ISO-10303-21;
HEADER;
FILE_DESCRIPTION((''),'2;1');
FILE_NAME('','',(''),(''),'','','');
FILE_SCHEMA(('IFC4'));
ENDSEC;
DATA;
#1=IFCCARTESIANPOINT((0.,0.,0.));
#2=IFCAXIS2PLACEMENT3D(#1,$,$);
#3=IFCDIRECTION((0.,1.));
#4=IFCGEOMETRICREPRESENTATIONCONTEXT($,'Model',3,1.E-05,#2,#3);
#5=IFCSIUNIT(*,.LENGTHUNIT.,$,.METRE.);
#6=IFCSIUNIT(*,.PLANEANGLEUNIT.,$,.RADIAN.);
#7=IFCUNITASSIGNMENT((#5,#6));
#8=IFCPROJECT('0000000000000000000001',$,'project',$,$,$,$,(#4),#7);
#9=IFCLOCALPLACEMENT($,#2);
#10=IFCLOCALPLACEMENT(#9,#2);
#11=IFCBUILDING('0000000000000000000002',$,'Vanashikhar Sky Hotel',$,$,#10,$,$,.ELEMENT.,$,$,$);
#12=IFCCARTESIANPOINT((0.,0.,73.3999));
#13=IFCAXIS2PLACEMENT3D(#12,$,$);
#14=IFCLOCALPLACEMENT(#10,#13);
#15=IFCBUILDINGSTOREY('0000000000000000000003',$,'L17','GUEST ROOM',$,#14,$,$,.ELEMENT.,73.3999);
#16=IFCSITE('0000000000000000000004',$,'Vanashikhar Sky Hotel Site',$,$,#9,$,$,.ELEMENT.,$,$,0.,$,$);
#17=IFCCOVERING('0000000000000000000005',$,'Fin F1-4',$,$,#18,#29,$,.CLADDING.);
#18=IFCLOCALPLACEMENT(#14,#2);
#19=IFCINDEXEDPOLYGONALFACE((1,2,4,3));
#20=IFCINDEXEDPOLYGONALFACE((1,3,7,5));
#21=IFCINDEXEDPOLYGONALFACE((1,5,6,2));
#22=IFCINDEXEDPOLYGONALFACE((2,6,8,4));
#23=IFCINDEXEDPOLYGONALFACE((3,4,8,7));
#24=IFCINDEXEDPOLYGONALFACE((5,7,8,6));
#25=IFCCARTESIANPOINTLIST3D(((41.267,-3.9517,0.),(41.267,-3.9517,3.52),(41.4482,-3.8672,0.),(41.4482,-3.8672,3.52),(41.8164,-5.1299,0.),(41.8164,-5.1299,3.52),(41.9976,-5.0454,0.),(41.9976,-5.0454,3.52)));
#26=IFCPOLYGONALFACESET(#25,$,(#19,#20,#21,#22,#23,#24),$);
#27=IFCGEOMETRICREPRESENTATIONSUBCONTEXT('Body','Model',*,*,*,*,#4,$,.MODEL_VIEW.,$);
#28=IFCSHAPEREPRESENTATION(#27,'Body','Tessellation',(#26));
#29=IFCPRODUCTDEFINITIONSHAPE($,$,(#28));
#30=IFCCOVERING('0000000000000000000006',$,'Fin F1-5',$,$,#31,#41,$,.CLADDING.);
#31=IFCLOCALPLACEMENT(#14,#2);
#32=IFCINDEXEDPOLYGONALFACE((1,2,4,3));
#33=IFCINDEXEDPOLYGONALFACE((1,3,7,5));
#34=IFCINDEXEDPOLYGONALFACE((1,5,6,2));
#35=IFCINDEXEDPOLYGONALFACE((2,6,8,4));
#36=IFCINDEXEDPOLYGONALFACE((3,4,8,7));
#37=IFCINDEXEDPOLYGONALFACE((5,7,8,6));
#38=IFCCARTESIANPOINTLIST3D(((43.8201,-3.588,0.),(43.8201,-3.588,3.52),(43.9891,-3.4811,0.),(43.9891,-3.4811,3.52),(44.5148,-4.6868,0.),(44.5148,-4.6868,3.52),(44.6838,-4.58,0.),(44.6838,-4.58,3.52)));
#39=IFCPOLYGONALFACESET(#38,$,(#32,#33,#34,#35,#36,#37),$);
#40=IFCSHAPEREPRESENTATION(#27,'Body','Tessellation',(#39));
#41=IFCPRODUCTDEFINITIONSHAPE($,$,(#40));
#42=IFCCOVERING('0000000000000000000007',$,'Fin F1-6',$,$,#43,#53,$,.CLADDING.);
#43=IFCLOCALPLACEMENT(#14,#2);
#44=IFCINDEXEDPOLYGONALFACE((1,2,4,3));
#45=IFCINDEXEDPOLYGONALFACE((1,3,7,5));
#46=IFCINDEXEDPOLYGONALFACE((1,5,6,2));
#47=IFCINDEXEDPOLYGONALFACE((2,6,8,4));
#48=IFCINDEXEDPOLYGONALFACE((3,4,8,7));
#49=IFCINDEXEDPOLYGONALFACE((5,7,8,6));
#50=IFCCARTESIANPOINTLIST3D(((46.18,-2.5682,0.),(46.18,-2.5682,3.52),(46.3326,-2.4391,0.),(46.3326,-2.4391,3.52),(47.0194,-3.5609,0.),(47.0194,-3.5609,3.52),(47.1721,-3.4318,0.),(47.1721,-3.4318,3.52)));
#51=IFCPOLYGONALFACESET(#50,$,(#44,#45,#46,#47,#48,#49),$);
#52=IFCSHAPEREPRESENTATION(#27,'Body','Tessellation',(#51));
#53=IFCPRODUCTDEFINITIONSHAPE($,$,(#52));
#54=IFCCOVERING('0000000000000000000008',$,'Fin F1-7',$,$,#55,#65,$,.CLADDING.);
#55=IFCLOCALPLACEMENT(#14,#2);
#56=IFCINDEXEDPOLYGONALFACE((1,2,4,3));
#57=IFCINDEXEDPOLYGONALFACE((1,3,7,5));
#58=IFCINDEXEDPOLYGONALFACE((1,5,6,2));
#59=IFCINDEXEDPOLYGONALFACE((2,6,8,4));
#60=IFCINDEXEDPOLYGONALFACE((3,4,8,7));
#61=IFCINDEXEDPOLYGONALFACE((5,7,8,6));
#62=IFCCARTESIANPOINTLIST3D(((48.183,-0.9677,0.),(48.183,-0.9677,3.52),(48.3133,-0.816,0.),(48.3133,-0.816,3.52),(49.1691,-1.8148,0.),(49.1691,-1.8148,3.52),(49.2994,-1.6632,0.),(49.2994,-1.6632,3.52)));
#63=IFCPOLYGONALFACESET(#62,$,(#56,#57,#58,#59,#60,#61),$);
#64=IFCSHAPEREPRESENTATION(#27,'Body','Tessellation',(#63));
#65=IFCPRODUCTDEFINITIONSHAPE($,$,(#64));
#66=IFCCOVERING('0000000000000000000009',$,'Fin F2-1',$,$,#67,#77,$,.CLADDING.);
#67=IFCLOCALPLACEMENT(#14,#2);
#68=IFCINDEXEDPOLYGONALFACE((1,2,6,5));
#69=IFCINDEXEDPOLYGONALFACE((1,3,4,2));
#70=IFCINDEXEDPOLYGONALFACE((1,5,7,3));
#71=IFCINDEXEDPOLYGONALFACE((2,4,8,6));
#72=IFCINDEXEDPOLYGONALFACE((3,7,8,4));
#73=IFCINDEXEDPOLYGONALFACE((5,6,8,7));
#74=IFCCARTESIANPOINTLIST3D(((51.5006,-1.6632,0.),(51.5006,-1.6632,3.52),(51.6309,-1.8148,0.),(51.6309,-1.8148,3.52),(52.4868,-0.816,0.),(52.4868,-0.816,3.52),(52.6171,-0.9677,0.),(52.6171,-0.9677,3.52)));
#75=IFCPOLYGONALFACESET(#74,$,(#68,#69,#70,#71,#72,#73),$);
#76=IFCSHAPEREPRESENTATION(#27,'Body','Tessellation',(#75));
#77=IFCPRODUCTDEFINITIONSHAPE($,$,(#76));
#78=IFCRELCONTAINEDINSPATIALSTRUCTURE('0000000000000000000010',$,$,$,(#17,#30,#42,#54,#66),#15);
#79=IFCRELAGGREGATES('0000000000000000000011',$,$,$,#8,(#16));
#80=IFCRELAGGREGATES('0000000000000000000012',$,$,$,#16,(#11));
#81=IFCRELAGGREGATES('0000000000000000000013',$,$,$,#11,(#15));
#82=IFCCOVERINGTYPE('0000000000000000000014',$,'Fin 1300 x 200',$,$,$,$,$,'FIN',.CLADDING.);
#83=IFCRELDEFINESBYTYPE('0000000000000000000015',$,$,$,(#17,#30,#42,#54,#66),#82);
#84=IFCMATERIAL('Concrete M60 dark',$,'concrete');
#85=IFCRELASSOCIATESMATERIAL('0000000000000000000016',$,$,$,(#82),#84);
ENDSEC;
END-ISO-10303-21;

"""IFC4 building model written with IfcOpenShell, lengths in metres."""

from ifc_helpers import new_model, si_unit, direction, frame, origin, origin_2d, place, context, subcontext, project, spatial, rectangle, extrude, source, transform, mapped, material, material_profile, profile_set, type_object, element, save


model = new_model("IFC4")

# Units and contexts
model_context = context("Model", 3, precision=1e-05, world=origin(), true_north=direction((0.0, 1.0)))
body_context = subcontext(model_context, "Body", "Model", "MODEL_VIEW")
ifc_project = project(units=[si_unit("LENGTHUNIT", "METRE"), si_unit("PLANEANGLEUNIT", "RADIAN")], contexts=[model_context])

# Site, building, storey
site_placement = place(None, origin())
site = spatial("IfcSite", under=ifc_project, at=site_placement, Name="Vanashikhar Sky Hotel Site", CompositionType="ELEMENT", RefElevation=0.0)
building_placement = place(site_placement, origin())
building = spatial("IfcBuilding", under=site, at=building_placement, Name="Vanashikhar Sky Hotel", CompositionType="ELEMENT")
storey_placement = place(building_placement, frame((0.0, 0.0, 73.3999)))
storey = spatial("IfcBuildingStorey", under=building, at=storey_placement, Name="L17", Description="GUEST ROOM", CompositionType="ELEMENT", Elevation=73.3999)

# Coverings
ifc_material_1 = material(Name="Concrete M60 dark", Category="concrete")
ifc_material_profile = material_profile(ifc_material_1, rectangle(XDim=1.3, YDim=0.2, at=origin_2d()))
ifc_profile_set = profile_set([ifc_material_profile], Name="Fin 1300 x 200")
covering_type = type_object("IfcCoveringType", Name="Fin 1300 x 200", ElementType="FIN", PredefinedType="CLADDING", material=ifc_profile_set)
shared_shape_1 = source(origin(), body_context, "Body", "SweptSolid", [
    extrude(rectangle(XDim=1.3, YDim=0.2, at=origin_2d()), origin(), (0.0, 0.0, 1.0), 3.52),
])
for number, where, z_axis, x_axis, name in (
    (1, (41.6323, -4.4985, 0.0), (0.0, 0.0, 1.0), (0.422618, -0.906308, 0.0), "Fin F1-4"),
    (2, (44.252, -4.084, 0.0), (0.0, 0.0, 1.0), (0.534411, -0.845225, 0.0), "Fin F1-5"),
    (3, (46.676, -3.0, 0.0), (0.0, 0.0, 1.0), (0.645698, -0.763593, 0.0), "Fin F1-6"),
    (4, (48.7412, -1.3154, 0.0), (0.0, 0.0, 1.0), (0.758544, -0.651622, 0.0), "Fin F1-7"),
    (5, (52.0588, -1.3154, 0.0), (0.0, 0.0, 1.0), (-0.758544, -0.651622, 0.0), "Fin F2-1"),
):
    element("IfcCovering", number, at=place(storey_placement, frame(where, z_axis=z_axis, x_axis=x_axis)), inside=storey, type_object=covering_type, Name=name, PredefinedType="CLADDING", context=body_context, shape_type="MappedRepresentation", body=[
        mapped(shared_shape_1, transform((0.0, 0.0, 0.0), scale=1.0)),
    ])

save(model, "model.ifc")
